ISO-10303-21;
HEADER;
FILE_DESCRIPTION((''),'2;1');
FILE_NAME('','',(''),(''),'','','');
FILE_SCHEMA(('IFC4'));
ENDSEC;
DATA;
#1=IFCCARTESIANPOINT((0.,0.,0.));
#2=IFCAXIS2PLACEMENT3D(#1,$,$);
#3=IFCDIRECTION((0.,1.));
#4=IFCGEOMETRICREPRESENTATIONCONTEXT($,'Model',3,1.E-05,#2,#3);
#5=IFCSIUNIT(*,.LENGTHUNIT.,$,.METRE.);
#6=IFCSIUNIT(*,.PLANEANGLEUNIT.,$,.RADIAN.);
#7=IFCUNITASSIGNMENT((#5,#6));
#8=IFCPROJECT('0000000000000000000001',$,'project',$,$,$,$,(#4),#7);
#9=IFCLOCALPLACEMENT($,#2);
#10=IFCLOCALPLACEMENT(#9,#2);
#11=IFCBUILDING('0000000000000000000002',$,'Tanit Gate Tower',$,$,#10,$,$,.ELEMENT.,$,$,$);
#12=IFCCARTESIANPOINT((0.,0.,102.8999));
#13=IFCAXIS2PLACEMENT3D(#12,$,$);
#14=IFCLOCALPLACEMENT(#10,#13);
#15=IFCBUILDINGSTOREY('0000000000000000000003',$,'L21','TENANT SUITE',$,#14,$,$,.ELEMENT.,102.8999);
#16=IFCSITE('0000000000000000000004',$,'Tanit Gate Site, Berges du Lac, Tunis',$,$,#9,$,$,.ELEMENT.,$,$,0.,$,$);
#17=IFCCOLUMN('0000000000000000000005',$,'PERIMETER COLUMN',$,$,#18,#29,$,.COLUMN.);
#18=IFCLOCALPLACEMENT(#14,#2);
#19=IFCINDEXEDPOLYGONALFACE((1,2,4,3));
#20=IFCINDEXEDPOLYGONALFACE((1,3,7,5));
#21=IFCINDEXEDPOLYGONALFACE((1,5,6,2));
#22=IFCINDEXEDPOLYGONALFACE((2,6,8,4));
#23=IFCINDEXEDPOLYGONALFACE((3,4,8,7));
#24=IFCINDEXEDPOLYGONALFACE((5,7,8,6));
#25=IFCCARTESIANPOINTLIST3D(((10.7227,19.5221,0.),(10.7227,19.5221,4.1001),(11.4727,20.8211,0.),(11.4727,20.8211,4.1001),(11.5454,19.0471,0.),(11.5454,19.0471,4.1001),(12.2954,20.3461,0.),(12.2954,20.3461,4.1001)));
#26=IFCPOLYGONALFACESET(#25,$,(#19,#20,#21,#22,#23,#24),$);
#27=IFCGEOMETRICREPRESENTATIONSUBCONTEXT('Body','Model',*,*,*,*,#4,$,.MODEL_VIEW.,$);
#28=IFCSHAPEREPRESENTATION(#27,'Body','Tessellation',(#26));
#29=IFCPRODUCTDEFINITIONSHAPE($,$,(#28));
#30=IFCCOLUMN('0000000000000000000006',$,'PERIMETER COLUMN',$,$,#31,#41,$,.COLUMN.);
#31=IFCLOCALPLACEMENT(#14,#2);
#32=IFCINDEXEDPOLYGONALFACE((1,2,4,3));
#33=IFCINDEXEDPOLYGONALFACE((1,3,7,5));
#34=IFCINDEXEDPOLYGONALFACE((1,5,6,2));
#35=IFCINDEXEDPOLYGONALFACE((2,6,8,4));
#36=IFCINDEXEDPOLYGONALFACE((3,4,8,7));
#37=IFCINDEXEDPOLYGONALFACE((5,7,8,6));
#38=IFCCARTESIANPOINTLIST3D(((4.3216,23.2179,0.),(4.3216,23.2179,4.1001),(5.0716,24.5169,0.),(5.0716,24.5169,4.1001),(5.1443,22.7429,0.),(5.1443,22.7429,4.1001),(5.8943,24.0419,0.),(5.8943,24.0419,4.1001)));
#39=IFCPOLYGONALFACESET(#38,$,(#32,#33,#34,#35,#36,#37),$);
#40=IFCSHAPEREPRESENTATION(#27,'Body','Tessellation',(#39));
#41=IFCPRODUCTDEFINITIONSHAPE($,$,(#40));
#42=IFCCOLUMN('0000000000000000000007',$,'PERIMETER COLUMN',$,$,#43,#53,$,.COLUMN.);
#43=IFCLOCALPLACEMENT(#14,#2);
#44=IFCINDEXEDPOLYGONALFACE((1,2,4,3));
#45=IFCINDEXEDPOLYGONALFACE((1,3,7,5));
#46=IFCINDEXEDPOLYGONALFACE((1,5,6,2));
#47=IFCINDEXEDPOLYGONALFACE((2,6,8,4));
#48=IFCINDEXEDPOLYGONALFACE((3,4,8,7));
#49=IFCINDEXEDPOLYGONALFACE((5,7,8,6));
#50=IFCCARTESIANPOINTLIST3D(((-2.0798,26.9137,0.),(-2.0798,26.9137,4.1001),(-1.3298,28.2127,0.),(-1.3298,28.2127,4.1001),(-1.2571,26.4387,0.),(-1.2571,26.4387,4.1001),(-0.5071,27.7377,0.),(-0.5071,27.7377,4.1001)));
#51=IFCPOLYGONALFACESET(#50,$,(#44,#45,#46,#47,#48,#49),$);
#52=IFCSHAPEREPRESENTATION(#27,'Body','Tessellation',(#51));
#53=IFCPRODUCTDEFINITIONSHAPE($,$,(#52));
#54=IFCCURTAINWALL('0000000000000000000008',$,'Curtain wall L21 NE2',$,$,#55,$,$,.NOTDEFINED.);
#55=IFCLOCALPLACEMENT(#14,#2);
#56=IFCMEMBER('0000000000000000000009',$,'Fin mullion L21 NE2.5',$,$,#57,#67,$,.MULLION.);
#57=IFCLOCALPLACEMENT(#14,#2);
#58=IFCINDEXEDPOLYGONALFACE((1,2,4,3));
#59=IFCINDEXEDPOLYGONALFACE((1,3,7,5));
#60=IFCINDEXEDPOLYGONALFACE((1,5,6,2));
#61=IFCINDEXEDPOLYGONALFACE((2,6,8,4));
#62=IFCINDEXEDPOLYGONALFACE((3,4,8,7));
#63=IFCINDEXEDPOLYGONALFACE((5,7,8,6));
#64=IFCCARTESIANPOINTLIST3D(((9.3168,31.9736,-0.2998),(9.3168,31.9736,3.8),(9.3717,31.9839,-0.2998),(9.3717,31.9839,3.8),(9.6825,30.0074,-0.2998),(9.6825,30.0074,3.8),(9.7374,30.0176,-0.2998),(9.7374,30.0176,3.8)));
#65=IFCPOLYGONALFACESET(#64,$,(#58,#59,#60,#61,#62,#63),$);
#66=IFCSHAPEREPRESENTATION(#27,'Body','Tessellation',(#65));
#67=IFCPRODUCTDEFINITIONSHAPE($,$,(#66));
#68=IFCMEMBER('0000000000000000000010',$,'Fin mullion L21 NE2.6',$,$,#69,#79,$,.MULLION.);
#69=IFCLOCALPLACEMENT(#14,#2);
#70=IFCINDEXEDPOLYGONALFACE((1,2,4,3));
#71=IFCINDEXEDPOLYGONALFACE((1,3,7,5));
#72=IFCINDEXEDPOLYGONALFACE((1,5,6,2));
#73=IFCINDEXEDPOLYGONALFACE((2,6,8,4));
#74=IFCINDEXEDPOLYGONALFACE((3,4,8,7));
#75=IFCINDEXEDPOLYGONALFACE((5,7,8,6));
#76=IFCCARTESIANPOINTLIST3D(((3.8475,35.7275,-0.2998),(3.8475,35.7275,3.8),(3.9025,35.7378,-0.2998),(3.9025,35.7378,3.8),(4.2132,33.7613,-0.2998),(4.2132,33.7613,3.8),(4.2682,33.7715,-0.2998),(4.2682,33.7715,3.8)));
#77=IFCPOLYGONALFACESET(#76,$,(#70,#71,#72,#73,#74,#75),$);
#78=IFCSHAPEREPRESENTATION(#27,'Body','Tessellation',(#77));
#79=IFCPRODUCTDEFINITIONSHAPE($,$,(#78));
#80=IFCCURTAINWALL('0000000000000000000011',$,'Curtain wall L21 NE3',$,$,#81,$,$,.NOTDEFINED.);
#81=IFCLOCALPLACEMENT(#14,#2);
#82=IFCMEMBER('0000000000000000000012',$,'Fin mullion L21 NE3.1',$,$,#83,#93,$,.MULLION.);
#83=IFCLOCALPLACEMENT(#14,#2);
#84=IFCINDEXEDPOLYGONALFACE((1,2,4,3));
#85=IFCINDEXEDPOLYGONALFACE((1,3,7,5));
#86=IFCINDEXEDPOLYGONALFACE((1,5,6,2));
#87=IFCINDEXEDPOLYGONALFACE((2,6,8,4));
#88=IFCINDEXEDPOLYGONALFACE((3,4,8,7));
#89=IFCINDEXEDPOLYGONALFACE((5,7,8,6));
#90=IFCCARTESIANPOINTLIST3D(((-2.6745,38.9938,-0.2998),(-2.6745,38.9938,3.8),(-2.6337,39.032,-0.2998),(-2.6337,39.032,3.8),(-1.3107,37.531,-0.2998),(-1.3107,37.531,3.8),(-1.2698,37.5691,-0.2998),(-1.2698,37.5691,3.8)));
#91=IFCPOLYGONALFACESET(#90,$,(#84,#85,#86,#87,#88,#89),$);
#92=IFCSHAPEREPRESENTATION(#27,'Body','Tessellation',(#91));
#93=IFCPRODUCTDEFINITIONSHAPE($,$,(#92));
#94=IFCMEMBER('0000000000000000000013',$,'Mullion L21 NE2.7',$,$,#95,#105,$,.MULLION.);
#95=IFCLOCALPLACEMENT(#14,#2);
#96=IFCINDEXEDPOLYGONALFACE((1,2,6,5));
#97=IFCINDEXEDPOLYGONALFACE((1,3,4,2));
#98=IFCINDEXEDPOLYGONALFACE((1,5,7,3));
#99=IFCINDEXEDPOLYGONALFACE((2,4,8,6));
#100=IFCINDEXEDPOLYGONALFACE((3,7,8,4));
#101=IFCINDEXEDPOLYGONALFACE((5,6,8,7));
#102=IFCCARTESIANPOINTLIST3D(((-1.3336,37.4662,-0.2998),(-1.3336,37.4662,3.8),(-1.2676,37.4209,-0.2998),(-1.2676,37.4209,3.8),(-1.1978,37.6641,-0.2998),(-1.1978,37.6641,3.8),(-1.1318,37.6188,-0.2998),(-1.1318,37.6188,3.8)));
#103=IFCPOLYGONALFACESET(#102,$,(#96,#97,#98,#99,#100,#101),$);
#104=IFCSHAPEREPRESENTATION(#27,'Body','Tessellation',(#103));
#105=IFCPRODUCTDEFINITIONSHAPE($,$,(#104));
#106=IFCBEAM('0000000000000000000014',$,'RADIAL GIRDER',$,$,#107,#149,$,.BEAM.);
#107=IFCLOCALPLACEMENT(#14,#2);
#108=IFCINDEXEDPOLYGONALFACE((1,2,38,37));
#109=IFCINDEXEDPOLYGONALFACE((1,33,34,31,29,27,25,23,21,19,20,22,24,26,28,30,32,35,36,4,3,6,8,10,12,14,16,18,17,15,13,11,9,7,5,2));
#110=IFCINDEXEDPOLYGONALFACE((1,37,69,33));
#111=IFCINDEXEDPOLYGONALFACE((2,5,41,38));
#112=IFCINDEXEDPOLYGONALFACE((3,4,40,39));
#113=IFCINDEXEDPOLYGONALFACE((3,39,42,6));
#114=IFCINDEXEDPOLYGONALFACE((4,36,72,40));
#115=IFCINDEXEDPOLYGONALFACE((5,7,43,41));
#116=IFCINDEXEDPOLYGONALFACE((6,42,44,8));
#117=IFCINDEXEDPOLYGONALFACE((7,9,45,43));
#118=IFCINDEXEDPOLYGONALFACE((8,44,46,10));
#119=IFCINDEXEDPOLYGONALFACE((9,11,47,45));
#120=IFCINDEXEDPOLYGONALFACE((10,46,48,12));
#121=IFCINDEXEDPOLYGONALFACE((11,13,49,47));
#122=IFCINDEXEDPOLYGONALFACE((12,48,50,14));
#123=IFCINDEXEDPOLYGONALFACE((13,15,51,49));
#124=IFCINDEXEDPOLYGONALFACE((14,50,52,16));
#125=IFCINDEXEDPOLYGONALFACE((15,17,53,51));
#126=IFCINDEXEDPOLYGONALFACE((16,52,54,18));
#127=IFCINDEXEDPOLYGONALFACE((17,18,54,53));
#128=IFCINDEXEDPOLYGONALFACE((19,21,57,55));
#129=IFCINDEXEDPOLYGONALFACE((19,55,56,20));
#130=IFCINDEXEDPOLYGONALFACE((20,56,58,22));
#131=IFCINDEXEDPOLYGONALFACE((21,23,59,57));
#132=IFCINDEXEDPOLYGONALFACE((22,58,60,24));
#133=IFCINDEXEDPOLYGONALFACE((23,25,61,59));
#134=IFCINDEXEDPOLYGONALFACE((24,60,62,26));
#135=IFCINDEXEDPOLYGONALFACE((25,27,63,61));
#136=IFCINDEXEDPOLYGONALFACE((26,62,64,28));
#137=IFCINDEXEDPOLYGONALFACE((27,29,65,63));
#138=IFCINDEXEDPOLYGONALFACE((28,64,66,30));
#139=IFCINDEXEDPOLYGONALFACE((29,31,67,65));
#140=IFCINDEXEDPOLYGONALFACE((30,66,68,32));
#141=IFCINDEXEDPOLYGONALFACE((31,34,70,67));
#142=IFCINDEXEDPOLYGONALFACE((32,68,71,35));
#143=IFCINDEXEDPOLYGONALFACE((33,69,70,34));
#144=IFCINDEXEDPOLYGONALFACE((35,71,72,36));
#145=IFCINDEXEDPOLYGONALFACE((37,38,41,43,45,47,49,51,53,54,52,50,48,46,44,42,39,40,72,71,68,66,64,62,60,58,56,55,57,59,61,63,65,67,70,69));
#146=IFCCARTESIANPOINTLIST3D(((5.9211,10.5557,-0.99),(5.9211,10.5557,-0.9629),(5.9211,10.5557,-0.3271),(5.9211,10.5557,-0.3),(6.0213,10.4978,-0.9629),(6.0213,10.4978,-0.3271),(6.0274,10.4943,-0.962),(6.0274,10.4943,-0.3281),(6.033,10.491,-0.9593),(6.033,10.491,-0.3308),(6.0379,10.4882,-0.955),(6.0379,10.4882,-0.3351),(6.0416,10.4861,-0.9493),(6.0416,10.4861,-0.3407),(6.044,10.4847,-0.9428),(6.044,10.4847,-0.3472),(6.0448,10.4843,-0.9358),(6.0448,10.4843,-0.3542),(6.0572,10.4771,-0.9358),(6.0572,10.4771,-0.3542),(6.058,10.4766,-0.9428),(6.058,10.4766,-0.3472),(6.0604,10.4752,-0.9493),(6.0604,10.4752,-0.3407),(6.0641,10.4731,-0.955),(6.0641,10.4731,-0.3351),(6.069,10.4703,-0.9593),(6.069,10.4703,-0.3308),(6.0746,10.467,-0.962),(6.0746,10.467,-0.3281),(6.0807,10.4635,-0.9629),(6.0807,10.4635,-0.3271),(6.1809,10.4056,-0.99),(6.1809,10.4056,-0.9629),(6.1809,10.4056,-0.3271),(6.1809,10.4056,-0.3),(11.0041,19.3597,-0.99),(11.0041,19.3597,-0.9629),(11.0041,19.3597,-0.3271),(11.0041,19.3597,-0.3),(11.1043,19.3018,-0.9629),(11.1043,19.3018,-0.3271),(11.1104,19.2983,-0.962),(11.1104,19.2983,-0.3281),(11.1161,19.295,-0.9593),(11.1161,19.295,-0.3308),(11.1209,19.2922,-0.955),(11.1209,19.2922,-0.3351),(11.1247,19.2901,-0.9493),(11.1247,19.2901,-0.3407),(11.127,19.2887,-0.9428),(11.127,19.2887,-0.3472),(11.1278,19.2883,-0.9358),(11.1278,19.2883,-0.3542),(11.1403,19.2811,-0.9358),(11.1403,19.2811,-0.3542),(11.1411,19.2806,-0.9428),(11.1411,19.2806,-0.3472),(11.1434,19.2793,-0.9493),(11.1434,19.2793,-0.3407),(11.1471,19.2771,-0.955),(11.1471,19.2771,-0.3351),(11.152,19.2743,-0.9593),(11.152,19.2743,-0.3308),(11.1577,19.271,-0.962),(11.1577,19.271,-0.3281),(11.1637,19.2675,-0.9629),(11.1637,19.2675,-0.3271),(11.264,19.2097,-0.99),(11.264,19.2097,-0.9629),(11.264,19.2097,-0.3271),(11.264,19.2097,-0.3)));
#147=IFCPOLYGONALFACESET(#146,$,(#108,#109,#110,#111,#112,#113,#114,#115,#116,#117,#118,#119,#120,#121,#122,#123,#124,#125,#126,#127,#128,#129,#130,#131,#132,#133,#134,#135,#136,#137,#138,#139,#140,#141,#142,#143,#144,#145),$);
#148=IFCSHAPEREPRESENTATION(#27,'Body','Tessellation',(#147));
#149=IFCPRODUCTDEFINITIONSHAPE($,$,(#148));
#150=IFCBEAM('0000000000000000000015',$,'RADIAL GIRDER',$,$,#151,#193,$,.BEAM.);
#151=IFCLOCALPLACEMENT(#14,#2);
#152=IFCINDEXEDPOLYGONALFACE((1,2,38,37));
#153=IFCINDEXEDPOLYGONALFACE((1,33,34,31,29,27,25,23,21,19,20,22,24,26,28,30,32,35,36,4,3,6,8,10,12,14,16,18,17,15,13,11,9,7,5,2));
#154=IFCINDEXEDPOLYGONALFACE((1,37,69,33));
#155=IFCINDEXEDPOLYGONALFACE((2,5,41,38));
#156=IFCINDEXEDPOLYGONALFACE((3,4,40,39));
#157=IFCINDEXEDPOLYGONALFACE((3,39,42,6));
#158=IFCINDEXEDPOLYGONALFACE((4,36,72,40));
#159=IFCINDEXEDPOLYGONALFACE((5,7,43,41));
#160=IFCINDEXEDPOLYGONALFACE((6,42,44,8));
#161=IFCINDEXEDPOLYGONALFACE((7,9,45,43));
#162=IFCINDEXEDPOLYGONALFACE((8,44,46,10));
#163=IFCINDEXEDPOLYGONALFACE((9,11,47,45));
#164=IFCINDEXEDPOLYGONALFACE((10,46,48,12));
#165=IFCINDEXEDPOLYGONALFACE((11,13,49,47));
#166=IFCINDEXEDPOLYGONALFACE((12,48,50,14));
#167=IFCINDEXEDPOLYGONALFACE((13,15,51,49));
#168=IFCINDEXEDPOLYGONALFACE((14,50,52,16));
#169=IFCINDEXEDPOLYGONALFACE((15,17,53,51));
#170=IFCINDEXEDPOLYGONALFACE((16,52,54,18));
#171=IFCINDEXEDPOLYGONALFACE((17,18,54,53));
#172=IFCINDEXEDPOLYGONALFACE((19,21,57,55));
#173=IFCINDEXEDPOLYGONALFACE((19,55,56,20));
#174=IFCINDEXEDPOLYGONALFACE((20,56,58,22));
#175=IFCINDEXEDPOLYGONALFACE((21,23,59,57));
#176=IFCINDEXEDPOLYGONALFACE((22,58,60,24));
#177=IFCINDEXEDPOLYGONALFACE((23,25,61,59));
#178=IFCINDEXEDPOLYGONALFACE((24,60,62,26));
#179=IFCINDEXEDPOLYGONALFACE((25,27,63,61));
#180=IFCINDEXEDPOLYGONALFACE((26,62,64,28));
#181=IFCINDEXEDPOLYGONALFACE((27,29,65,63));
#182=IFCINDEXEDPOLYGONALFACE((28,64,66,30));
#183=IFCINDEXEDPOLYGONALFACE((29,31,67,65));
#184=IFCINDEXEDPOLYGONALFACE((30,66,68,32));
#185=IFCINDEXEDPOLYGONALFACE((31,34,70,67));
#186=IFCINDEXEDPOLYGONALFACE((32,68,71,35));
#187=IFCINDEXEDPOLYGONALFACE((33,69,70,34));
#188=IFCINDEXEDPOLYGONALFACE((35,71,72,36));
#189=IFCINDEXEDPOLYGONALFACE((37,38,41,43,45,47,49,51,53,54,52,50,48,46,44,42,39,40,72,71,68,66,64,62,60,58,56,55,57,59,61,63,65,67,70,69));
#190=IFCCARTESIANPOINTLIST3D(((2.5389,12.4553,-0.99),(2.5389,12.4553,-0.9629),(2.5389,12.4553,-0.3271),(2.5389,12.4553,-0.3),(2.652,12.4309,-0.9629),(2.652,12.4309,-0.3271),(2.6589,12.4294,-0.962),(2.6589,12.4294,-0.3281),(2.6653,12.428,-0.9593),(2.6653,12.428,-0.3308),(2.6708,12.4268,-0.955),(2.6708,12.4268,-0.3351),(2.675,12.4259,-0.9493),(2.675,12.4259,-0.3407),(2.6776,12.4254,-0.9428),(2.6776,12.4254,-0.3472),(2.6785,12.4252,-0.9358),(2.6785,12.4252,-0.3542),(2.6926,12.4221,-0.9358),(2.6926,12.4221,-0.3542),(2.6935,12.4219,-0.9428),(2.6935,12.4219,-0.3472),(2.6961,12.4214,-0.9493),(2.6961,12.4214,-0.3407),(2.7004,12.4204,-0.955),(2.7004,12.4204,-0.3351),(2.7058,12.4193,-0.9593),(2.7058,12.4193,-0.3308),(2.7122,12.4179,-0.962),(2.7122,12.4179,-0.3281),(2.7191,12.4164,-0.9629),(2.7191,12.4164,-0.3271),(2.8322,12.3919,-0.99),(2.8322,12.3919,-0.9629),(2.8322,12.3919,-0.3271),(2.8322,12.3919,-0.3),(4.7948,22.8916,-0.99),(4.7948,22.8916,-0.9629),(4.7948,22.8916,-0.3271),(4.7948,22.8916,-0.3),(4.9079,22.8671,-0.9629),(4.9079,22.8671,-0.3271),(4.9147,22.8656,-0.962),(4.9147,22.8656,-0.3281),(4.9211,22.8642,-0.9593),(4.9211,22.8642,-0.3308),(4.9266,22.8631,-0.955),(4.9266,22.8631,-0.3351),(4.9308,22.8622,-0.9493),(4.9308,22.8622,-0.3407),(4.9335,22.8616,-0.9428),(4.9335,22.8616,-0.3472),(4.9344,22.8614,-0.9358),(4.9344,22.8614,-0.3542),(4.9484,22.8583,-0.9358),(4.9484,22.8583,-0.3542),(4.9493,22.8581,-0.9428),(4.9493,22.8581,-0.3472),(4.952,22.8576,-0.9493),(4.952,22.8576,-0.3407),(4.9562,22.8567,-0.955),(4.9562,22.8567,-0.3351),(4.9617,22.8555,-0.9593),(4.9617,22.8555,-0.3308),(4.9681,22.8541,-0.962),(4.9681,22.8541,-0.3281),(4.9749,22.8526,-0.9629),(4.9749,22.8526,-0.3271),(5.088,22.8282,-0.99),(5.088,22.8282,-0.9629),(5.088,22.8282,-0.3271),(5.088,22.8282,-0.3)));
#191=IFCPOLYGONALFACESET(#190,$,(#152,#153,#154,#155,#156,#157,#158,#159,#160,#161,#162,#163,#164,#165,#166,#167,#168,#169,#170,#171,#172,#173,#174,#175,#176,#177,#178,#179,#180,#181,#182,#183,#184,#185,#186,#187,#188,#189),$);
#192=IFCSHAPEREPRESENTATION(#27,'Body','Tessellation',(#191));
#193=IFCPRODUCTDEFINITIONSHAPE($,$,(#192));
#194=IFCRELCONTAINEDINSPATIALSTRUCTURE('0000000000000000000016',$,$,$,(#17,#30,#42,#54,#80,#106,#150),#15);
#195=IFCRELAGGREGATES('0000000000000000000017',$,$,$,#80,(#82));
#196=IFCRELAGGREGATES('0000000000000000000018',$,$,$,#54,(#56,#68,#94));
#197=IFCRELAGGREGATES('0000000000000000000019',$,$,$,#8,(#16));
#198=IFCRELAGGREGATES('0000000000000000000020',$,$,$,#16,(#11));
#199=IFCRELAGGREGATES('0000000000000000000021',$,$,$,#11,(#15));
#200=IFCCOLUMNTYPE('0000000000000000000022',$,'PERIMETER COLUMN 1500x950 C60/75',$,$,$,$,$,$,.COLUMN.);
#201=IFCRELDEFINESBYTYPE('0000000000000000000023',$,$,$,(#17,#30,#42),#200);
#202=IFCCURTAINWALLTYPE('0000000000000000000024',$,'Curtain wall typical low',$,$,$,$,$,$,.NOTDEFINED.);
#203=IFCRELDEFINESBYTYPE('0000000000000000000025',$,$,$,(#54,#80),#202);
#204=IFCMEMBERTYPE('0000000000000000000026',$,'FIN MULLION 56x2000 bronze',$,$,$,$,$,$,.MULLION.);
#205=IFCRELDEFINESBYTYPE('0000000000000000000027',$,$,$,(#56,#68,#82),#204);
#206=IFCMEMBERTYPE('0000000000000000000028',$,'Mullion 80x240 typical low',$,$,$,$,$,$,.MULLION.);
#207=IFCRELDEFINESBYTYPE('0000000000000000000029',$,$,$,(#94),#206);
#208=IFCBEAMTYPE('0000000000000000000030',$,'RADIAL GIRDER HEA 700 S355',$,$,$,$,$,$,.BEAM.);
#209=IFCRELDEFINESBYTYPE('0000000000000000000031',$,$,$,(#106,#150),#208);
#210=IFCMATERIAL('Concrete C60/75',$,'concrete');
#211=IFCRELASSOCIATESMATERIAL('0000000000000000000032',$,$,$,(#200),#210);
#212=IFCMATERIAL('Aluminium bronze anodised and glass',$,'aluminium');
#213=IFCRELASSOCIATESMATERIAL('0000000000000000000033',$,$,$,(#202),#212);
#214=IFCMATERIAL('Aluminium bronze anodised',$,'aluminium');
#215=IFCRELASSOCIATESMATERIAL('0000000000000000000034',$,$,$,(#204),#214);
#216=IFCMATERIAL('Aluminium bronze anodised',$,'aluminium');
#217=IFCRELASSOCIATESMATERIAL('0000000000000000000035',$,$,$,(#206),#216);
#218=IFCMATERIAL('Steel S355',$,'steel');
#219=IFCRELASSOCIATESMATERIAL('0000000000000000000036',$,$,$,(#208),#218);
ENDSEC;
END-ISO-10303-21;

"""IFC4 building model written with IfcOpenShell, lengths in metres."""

from ifc_helpers import new_model, si_unit, direction, frame, origin, origin_2d, place, context, subcontext, project, spatial, rectangle, i_section, extrude, material, material_profile, profile_set, type_object, element, aggregate, save


model = new_model("IFC4")

# Units and contexts
model_context = context("Model", 3, precision=1e-05, world=origin(), true_north=direction((0.0, 1.0)))
body_context = subcontext(model_context, "Body", "Model", "MODEL_VIEW")
ifc_project = project(units=[si_unit("LENGTHUNIT", "METRE"), si_unit("PLANEANGLEUNIT", "RADIAN")], contexts=[model_context])

# Site, building, storey
site_placement = place(None, origin())
site = spatial("IfcSite", under=ifc_project, at=site_placement, Name="Tanit Gate Site, Berges du Lac, Tunis", CompositionType="ELEMENT", RefElevation=0.0)
building_placement = place(site_placement, origin())
building = spatial("IfcBuilding", under=site, at=building_placement, Name="Tanit Gate Tower", CompositionType="ELEMENT")
storey_placement = place(building_placement, frame((0.0, 0.0, 102.8999)))
storey = spatial("IfcBuildingStorey", under=building, at=storey_placement, Name="L21", Description="TENANT SUITE", CompositionType="ELEMENT", Elevation=102.8999)

# Columns
ifc_material_1 = material(Name="Concrete C60/75", Category="concrete")
ifc_material_profile_1 = material_profile(ifc_material_1, rectangle(XDim=1.5, YDim=0.95, at=origin_2d()), Name="RC 1500x950")
ifc_profile_set_1 = profile_set([ifc_material_profile_1], Name="Concrete C60/75")
column_type = type_object("IfcColumnType", Name="PERIMETER COLUMN 1500x950 C60/75", PredefinedType="COLUMN", material=ifc_profile_set_1)
for number, where, z_axis, x_axis, name in (
    (1, (11.509, 19.9341, 0.0), (0.0, 0.0, 1.0), (0.5, 0.866025, 0.0), "PERIMETER COLUMN"),
    (2, (5.1079, 23.6299, 0.0), (0.0, 0.0, 1.0), (0.5, 0.866025, 0.0), "PERIMETER COLUMN"),
    (3, (-1.2935, 27.3257, 0.0), (0.0, 0.0, 1.0), (0.5, 0.866025, 0.0), "PERIMETER COLUMN"),
):
    element("IfcColumn", number, at=place(storey_placement, frame(where, z_axis=z_axis, x_axis=x_axis)), inside=storey, type_object=column_type, Name=name, PredefinedType="COLUMN", context=body_context, shape_type="SweptSolid", body=[
        extrude(rectangle(XDim=1.5, YDim=0.95, at=origin_2d()), origin(), (0.0, 0.0, 1.0), 4.1001),
    ])

# Curtain wall, members
ifc_material_2 = material(Name="Aluminium bronze anodised and glass", Category="aluminium")
curtain_wall_type = type_object("IfcCurtainWallType", Name="Curtain wall typical low", PredefinedType="NOTDEFINED", material=ifc_material_2)
curtain_wall_1_placement = place(storey_placement, origin())
curtain_wall_1 = element("IfcCurtainWall", 4, at=curtain_wall_1_placement, inside=storey, type_object=curtain_wall_type, Name="Curtain wall L21 NE2", PredefinedType="NOTDEFINED")
ifc_material_3 = material(Name="Aluminium bronze anodised", Category="aluminium")
ifc_material_profile_2 = material_profile(ifc_material_3, rectangle(XDim=2.0, YDim=0.0559, at=origin_2d()), Name="56x2000 bronze fin mullion")
ifc_profile_set_2 = profile_set([ifc_material_profile_2], Name="Aluminium bronze anodised")
member_type_1 = type_object("IfcMemberType", Name="FIN MULLION 56x2000 bronze", PredefinedType="MULLION", material=ifc_profile_set_2)
member_1_placement = place(storey_placement, frame((9.5271, 30.9956, -0.2998), z_axis=(0.0, 0.0, 1.0), x_axis=(0.182847, -0.983141, 0.0)))
member_1 = element("IfcMember", 5, at=member_1_placement, type_object=member_type_1, Name="Fin mullion L21 NE2.5", PredefinedType="MULLION", context=body_context, shape_type="SweptSolid", body=[
    extrude(rectangle(XDim=2.0, YDim=0.0559, at=origin_2d()), origin(), (0.0, 0.0, 1.0), 4.0999),
])
member_2_placement = place(storey_placement, frame((4.0579, 34.7495, -0.2998), z_axis=(0.0, 0.0, 1.0), x_axis=(0.182847, -0.983141, 0.0)))
member_2 = element("IfcMember", 6, at=member_2_placement, type_object=member_type_1, Name="Fin mullion L21 NE2.6", PredefinedType="MULLION", context=body_context, shape_type="SweptSolid", body=[
    extrude(rectangle(XDim=2.0, YDim=0.0559, at=origin_2d()), origin(), (0.0, 0.0, 1.0), 4.0999),
])

# Curtain wall, member
curtain_wall_2_placement = place(storey_placement, origin())
curtain_wall_2 = element("IfcCurtainWall", 7, at=curtain_wall_2_placement, inside=storey, type_object=curtain_wall_type, Name="Curtain wall L21 NE3", PredefinedType="NOTDEFINED")
member_3_placement = place(storey_placement, frame((-1.9722, 38.2815, -0.2998), z_axis=(0.0, 0.0, 1.0), x_axis=(0.681936, -0.731412, 0.0)))
member_3 = element("IfcMember", 8, at=member_3_placement, type_object=member_type_1, Name="Fin mullion L21 NE3.1", PredefinedType="MULLION", context=body_context, shape_type="SweptSolid", body=[
    extrude(rectangle(XDim=2.0, YDim=0.0559, at=origin_2d()), origin(), (0.0, 0.0, 1.0), 4.0999),
])

# Member
ifc_material_4 = material(Name="Aluminium bronze anodised", Category="aluminium")
ifc_material_profile_3 = material_profile(ifc_material_4, rectangle(XDim=0.24, YDim=0.0801, at=origin_2d()), Name="80x240 bronze mullion")
ifc_profile_set_3 = profile_set([ifc_material_profile_3], Name="Aluminium bronze anodised")
member_type_2 = type_object("IfcMemberType", Name="Mullion 80x240 typical low", PredefinedType="MULLION", material=ifc_profile_set_3)
member_4_placement = place(storey_placement, frame((-1.2327, 37.5425, -0.2998), z_axis=(0.0, 0.0, 1.0), x_axis=(-0.565893, -0.824479, 0.0)))
member_4 = element("IfcMember", 9, at=member_4_placement, type_object=member_type_2, Name="Mullion L21 NE2.7", PredefinedType="MULLION", context=body_context, shape_type="SweptSolid", body=[
    extrude(rectangle(XDim=0.24, YDim=0.0801, at=origin_2d()), origin(), (0.0, 0.0, 1.0), 4.0999),
])

# Beams
ifc_material_5 = material(Name="Steel S355", Category="steel")
ifc_material_profile_4 = material_profile(ifc_material_5, i_section(OverallWidth=0.3, OverallDepth=0.6899, WebThickness=0.0144, FlangeThickness=0.0271, FilletRadius=0.0271, at=origin_2d()), Name="HEA 700")
ifc_profile_set_4 = profile_set([ifc_material_profile_4], Name="Steel S355")
beam_type = type_object("IfcBeamType", Name="RADIAL GIRDER HEA 700 S355", PredefinedType="BEAM", material=ifc_profile_set_4)
beam_1_placement = place(storey_placement, frame((11.134, 19.2847, -0.645), z_axis=(-0.500003, -0.866024, 0.0), x_axis=(0.866024, -0.500003, 0.0)))
element("IfcBeam", 10, at=beam_1_placement, inside=storey, type_object=beam_type, Name="RADIAL GIRDER", PredefinedType="BEAM", context=body_context, shape_type="SweptSolid", body=[
    extrude(i_section(OverallWidth=0.3, OverallDepth=0.6899, WebThickness=0.0144, FlangeThickness=0.0271, FilletRadius=0.0271, at=origin_2d()), origin(), (0.0, 0.0, 1.0), 10.166),
])
beam_2_placement = place(storey_placement, frame((4.9414, 22.8599, -0.645), z_axis=(-0.211276, -0.977426, 0.0), x_axis=(0.977426, -0.211276, 0.0)))
element("IfcBeam", 11, at=beam_2_placement, inside=storey, type_object=beam_type, Name="RADIAL GIRDER", PredefinedType="BEAM", context=body_context, shape_type="SweptSolid", body=[
    extrude(i_section(OverallWidth=0.3, OverallDepth=0.6899, WebThickness=0.0144, FlangeThickness=0.0271, FilletRadius=0.0271, at=origin_2d()), origin(), (0.0, 0.0, 1.0), 10.6772),
])

aggregate(curtain_wall_2, [member_3])

aggregate(curtain_wall_1, [member_1, member_2, member_4])

save(model, "model.ifc")
